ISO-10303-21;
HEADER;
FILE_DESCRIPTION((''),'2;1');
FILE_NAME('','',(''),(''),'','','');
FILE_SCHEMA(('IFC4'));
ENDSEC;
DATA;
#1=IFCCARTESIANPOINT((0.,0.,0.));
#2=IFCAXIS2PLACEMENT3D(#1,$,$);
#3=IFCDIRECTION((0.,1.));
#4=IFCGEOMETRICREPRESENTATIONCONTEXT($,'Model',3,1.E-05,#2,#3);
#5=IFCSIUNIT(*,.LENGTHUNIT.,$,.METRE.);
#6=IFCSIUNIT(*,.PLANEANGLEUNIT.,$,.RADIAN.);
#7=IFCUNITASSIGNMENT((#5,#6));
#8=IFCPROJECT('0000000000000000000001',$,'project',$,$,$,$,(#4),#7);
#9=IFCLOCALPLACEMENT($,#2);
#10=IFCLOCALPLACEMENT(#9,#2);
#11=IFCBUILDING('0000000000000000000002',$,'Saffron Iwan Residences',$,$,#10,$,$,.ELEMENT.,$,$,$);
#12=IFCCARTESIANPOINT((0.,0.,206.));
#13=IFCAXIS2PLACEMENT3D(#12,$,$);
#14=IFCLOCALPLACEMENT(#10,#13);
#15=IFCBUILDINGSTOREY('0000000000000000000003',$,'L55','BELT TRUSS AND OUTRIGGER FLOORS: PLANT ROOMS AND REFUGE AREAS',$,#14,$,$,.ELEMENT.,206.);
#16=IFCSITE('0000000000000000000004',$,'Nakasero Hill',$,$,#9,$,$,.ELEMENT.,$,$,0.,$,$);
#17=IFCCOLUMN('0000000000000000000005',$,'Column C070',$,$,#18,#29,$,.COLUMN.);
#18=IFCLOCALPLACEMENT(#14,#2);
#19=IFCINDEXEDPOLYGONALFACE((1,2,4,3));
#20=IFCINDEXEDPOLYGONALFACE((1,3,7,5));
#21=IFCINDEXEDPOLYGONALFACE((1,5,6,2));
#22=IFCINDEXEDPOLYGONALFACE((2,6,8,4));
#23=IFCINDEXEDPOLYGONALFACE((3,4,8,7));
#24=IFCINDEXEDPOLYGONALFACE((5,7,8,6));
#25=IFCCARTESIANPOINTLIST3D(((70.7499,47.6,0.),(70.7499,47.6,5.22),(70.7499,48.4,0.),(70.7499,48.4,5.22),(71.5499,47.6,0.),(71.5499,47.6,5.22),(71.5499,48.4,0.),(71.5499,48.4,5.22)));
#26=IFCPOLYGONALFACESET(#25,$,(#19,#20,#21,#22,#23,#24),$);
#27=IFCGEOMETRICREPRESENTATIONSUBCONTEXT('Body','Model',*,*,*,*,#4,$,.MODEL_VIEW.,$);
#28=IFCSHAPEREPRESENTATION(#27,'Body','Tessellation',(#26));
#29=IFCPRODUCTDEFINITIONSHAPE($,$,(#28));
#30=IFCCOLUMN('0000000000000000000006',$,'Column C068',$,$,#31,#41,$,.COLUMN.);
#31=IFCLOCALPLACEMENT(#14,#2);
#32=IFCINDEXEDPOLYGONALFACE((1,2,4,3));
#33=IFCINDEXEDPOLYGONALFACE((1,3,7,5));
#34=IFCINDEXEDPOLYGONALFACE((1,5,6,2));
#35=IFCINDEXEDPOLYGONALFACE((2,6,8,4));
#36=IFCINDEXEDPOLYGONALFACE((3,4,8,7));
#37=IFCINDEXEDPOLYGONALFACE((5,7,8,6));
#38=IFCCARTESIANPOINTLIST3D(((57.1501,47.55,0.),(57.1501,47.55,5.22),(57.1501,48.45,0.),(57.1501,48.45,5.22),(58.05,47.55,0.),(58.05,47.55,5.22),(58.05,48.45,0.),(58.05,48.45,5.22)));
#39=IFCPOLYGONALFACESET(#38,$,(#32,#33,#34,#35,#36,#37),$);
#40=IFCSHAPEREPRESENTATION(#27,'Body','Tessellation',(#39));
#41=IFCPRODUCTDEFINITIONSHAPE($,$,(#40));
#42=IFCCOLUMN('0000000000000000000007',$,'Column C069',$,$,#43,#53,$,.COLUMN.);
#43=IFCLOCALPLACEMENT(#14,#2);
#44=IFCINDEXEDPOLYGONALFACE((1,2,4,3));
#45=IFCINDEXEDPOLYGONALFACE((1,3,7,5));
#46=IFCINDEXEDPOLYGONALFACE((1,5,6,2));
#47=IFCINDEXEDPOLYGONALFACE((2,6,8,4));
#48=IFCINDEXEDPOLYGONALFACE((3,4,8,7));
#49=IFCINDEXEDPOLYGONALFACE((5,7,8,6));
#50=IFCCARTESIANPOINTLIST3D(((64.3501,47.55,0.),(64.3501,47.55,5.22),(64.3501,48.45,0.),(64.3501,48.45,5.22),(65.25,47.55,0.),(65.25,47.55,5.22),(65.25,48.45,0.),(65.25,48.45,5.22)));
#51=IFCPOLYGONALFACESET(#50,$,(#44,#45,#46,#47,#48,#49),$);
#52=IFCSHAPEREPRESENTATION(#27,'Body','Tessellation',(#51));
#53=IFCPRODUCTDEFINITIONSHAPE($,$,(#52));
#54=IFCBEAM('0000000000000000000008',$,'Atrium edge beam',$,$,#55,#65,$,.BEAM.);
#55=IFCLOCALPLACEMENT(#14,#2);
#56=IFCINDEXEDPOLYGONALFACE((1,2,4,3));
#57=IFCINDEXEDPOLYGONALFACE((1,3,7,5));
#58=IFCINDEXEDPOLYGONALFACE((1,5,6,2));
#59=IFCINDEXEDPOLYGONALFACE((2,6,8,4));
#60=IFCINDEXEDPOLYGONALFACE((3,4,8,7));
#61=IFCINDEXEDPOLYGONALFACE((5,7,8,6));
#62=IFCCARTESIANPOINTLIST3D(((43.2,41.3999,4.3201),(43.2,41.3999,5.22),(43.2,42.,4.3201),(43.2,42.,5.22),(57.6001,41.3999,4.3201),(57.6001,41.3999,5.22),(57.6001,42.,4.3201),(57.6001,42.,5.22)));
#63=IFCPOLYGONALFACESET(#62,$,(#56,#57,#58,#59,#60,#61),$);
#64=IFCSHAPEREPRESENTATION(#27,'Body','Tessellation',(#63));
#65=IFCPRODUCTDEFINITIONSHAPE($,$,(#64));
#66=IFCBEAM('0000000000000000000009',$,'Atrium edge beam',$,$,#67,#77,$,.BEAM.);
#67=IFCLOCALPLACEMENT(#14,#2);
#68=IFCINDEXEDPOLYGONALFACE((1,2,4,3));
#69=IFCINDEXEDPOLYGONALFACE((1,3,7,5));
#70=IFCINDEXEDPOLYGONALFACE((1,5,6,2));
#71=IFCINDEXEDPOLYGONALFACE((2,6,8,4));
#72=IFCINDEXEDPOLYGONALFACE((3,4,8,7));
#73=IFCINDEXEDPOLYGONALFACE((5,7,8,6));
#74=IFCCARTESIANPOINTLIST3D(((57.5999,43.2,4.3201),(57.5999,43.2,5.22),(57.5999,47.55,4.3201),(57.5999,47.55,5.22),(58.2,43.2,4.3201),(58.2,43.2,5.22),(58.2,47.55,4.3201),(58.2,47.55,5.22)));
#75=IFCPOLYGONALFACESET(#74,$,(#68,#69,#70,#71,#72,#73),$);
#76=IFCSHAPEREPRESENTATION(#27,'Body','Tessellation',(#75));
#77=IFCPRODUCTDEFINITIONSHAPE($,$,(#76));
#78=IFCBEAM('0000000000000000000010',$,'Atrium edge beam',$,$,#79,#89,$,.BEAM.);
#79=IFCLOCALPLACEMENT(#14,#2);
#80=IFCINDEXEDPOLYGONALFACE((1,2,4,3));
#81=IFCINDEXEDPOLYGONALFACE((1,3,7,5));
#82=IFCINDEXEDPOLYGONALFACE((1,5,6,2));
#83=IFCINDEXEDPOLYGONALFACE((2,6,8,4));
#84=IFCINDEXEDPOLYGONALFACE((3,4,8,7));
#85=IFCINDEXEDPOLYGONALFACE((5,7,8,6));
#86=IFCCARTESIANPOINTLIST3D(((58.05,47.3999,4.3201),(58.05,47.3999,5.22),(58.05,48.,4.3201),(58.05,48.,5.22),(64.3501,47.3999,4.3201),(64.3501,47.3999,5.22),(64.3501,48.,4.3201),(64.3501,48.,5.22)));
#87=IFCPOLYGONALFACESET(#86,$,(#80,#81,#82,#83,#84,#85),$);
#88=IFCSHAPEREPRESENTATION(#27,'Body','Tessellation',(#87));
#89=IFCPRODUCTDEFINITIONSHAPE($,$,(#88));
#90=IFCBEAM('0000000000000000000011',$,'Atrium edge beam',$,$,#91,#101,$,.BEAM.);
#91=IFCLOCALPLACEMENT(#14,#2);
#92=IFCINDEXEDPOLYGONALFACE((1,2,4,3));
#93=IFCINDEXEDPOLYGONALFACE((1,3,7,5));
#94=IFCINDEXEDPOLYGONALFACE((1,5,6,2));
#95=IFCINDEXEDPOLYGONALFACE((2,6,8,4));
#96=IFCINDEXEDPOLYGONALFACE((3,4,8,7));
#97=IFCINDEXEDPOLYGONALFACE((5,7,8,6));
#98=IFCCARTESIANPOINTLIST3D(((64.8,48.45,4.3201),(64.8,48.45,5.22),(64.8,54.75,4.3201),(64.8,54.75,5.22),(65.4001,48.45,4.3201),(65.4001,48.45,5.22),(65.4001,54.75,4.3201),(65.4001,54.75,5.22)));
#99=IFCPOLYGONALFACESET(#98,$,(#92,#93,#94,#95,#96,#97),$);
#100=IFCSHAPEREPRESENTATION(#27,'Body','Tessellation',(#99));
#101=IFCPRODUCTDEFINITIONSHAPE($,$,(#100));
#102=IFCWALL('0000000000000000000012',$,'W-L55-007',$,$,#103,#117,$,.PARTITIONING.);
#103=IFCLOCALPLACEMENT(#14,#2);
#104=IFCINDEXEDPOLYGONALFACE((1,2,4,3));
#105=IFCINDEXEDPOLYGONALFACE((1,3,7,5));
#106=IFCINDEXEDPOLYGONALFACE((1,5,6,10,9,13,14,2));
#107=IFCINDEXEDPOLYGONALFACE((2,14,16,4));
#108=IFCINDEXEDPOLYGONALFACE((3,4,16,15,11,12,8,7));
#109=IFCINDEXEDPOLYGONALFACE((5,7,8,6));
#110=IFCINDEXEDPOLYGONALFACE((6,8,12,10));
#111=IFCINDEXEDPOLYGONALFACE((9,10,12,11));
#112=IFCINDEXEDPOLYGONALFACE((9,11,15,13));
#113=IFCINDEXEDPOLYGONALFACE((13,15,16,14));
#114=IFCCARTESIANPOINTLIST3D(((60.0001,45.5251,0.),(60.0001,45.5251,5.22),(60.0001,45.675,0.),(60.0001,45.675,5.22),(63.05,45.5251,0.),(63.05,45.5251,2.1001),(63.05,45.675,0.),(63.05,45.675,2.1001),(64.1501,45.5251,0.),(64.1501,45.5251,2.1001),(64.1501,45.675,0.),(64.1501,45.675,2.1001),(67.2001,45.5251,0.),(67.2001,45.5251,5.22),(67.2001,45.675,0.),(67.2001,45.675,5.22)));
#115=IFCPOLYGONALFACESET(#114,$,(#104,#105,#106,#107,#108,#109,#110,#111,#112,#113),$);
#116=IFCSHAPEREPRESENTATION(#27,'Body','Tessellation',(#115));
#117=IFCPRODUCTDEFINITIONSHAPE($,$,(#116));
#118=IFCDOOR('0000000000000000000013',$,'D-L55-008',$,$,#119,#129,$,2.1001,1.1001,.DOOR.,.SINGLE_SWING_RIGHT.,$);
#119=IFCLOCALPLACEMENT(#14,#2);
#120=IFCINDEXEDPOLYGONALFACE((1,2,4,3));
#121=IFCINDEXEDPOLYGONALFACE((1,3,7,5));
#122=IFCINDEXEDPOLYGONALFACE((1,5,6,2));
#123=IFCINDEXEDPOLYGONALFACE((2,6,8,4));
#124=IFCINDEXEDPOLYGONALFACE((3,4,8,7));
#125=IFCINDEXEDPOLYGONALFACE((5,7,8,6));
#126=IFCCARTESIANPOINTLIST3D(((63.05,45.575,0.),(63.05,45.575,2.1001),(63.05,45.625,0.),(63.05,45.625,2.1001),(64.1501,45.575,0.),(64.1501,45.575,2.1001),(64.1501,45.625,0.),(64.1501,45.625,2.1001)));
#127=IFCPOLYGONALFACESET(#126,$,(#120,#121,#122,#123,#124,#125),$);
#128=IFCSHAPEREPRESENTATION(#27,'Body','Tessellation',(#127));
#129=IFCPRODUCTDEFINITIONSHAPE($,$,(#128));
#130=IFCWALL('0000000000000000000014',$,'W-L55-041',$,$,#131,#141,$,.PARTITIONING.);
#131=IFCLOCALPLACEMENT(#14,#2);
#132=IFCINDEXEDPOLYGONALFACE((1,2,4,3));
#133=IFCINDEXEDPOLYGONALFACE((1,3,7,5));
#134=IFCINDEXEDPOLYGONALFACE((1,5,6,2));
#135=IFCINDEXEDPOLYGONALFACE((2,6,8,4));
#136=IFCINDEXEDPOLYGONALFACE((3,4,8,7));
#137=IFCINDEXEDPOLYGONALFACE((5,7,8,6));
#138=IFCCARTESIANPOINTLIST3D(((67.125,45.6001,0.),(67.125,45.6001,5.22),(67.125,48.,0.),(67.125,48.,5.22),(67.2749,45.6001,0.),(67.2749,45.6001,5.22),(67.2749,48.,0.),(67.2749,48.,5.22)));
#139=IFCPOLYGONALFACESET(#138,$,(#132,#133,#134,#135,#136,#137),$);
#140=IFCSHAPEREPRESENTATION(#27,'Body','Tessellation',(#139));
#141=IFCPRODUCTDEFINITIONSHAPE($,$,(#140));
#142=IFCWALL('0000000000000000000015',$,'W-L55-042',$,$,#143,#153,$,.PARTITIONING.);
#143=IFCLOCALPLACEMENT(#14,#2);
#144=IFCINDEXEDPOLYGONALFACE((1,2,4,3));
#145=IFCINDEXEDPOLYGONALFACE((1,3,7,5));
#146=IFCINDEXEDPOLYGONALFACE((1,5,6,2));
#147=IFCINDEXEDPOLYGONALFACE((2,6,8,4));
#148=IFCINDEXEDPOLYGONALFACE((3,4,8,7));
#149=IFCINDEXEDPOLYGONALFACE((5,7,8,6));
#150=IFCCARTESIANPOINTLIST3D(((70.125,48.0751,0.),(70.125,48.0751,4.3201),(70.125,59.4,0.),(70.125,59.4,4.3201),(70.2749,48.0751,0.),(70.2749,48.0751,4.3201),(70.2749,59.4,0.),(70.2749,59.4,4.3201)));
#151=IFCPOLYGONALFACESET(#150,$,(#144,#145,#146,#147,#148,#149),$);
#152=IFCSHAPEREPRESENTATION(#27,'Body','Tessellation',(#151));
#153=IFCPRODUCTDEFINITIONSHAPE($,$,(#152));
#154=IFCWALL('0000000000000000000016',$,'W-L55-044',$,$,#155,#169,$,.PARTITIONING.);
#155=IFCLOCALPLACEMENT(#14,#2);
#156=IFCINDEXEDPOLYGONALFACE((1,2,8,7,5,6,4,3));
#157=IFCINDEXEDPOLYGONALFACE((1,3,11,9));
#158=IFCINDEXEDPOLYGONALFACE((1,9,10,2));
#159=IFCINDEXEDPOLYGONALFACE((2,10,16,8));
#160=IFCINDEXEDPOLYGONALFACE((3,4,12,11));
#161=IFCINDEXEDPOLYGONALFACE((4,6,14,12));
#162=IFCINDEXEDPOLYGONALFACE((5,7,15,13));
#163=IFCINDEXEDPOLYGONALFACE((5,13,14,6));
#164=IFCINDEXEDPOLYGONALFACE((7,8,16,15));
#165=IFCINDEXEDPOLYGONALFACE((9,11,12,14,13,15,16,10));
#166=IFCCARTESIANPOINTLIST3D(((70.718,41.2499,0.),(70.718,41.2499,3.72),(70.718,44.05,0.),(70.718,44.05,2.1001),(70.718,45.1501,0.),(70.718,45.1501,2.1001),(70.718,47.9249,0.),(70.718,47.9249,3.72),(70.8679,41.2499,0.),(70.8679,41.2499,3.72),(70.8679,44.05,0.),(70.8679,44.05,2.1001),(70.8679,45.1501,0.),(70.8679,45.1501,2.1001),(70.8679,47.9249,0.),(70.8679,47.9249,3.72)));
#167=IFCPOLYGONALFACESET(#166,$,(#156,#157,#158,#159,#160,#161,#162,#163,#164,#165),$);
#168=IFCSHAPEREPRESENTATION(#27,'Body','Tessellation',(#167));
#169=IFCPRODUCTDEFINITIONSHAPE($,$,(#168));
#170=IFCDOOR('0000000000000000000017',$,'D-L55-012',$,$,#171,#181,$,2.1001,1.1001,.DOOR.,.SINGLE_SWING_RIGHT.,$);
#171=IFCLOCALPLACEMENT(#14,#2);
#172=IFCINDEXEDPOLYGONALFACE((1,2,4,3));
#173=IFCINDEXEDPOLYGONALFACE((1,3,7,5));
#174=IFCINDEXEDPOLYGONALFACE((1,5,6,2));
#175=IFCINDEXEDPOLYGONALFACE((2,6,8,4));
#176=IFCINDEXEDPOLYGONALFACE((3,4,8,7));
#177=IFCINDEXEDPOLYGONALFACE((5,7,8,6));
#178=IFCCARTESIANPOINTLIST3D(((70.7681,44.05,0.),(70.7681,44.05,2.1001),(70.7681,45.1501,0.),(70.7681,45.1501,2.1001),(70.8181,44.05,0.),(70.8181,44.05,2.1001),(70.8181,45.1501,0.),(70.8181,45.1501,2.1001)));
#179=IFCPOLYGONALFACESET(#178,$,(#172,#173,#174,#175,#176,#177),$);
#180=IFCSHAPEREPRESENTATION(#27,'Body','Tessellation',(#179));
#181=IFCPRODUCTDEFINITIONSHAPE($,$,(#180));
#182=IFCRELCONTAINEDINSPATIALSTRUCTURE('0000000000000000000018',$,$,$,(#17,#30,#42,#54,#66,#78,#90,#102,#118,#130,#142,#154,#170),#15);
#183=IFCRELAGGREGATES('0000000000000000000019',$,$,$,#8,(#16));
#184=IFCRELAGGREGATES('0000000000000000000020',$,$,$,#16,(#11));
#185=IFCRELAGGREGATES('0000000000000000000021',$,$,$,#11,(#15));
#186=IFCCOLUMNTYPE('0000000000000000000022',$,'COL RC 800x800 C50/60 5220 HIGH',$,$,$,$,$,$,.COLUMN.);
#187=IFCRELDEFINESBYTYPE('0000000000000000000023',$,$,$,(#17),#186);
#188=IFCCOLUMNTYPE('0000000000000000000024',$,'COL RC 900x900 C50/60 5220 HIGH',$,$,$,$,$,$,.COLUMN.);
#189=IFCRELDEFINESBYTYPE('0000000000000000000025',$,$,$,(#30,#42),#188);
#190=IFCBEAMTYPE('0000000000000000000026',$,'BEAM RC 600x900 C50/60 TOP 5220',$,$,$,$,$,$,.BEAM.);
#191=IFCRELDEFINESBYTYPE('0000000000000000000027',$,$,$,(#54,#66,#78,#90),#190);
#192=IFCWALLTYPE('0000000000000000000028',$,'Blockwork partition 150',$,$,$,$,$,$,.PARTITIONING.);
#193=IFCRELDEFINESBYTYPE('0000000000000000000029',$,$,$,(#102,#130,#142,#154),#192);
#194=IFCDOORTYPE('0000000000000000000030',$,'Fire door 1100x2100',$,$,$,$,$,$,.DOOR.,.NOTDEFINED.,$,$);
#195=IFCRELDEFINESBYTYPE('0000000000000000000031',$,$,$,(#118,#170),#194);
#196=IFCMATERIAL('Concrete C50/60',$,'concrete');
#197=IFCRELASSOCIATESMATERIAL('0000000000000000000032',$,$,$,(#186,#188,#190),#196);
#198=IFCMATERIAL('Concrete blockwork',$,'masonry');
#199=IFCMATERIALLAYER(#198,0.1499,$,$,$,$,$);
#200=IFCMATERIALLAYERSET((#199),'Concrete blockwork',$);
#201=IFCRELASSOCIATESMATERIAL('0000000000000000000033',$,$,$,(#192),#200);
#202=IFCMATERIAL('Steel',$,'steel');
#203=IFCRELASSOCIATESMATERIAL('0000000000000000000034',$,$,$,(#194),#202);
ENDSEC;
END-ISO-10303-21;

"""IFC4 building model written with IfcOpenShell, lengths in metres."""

from ifc_helpers import new_model, si_unit, direction, frame, frame_2d, origin, origin_2d, place, context, subcontext, project, spatial, rectangle, extrude, source, transform, mapped, material, layer, layer_set, material_profile, profile_set, type_object, element, fill, save


model = new_model("IFC4")

# Units and contexts
model_context = context("Model", 3, precision=1e-05, world=origin(), true_north=direction((0.0, 1.0)))
body_context = subcontext(model_context, "Body", "Model", "MODEL_VIEW")
ifc_project = project(units=[si_unit("LENGTHUNIT", "METRE"), si_unit("PLANEANGLEUNIT", "RADIAN")], contexts=[model_context])

# Site, building, storey
site_placement = place(None, origin())
site = spatial("IfcSite", under=ifc_project, at=site_placement, Name="Nakasero Hill", CompositionType="ELEMENT", RefElevation=0.0)
building_placement = place(site_placement, origin())
building = spatial("IfcBuilding", under=site, at=building_placement, Name="Saffron Iwan Residences", CompositionType="ELEMENT")
storey_placement = place(building_placement, frame((0.0, 0.0, 206.0)))
storey = spatial("IfcBuildingStorey", under=building, at=storey_placement, Name="L55", Description="BELT TRUSS AND OUTRIGGER FLOORS: PLANT ROOMS AND REFUGE AREAS", CompositionType="ELEMENT", Elevation=206.0)

# Columns
ifc_material_1 = material(Name="Concrete C50/60", Category="concrete")
ifc_material_profile_1 = material_profile(ifc_material_1, rectangle(XDim=0.8, YDim=0.8, at=origin_2d()), Name="RC 800x800")
ifc_profile_set_1 = profile_set([ifc_material_profile_1], Name="Concrete C50/60")
column_type_1 = type_object("IfcColumnType", Name="COL RC 800x800 C50/60 5220 HIGH", PredefinedType="COLUMN", material=ifc_profile_set_1)
shared_shape_1 = source(origin(), body_context, "Body", "SweptSolid", [
    extrude(rectangle(XDim=0.8, YDim=0.8, at=origin_2d()), origin(), (0.0, 0.0, 1.0), 5.22),
])
column_placement = place(storey_placement, frame((71.1499, 48.0, 0.0), z_axis=(0.0, 0.0, 1.0), x_axis=(1.0, 0.0, 0.0)))
element("IfcColumn", 1, at=column_placement, inside=storey, type_object=column_type_1, Name="Column C070", PredefinedType="COLUMN", context=body_context, shape_type="MappedRepresentation", body=[
    mapped(shared_shape_1, transform((0.0, 0.0, 0.0))),
])
ifc_material_profile_2 = material_profile(ifc_material_1, rectangle(XDim=0.8999, YDim=0.8999, at=origin_2d()), Name="RC 900x900")
ifc_profile_set_2 = profile_set([ifc_material_profile_2], Name="Concrete C50/60")
column_type_2 = type_object("IfcColumnType", Name="COL RC 900x900 C50/60 5220 HIGH", PredefinedType="COLUMN", material=ifc_profile_set_2)
shared_shape_2 = source(origin(), body_context, "Body", "SweptSolid", [
    extrude(rectangle(XDim=0.8999, YDim=0.8999, at=origin_2d()), origin(), (0.0, 0.0, 1.0), 5.22),
])
for number, where, z_axis, x_axis, name in (
    (2, (57.6001, 48.0, 0.0), (0.0, 0.0, 1.0), (1.0, 0.0, 0.0), "Column C068"),
    (3, (64.8, 48.0, 0.0), (0.0, 0.0, 1.0), (1.0, 0.0, 0.0), "Column C069"),
):
    element("IfcColumn", number, at=place(storey_placement, frame(where, z_axis=z_axis, x_axis=x_axis)), inside=storey, type_object=column_type_2, Name=name, PredefinedType="COLUMN", context=body_context, shape_type="MappedRepresentation", body=[
        mapped(shared_shape_2, transform((0.0, 0.0, 0.0))),
    ])

# Beams
ifc_material_profile_3 = material_profile(ifc_material_1, rectangle(XDim=0.6001, YDim=0.8999, at=origin_2d()), Name="RC 600x900")
ifc_profile_set_3 = profile_set([ifc_material_profile_3], Name="Concrete C50/60")
beam_type = type_object("IfcBeamType", Name="BEAM RC 600x900 C50/60 TOP 5220", PredefinedType="BEAM", material=ifc_profile_set_3)
shared_shape_3 = source(origin(), body_context, "Body", "SweptSolid", [
    extrude(rectangle(XDim=0.6001, YDim=0.8999, at=origin_2d()), origin(), (0.0, 0.0, 1.0), 14.4001),
])
beam_1_placement = place(storey_placement, frame((57.6001, 41.7, 4.77), z_axis=(-1.0, 0.0, 0.0), x_axis=(0.0, -1.0, 0.0)))
element("IfcBeam", 4, at=beam_1_placement, inside=storey, type_object=beam_type, Name="Atrium edge beam", PredefinedType="BEAM", context=body_context, shape_type="MappedRepresentation", body=[
    mapped(shared_shape_3, transform((0.0, 0.0, 0.0))),
])
shared_shape_4 = source(origin(), body_context, "Body", "SweptSolid", [
    extrude(rectangle(XDim=0.6001, YDim=0.8999, at=origin_2d()), origin(), (0.0, 0.0, 1.0), 4.3501),
])
beam_2_placement = place(storey_placement, frame((57.8999, 47.55, 4.77), z_axis=(0.0, -1.0, 0.0), x_axis=(1.0, 0.0, 0.0)))
element("IfcBeam", 5, at=beam_2_placement, inside=storey, type_object=beam_type, Name="Atrium edge beam", PredefinedType="BEAM", context=body_context, shape_type="MappedRepresentation", body=[
    mapped(shared_shape_4, transform((0.0, 0.0, 0.0))),
])
shared_shape_5 = source(origin(), body_context, "Body", "SweptSolid", [
    extrude(rectangle(XDim=0.6001, YDim=0.8999, at=origin_2d()), origin(), (0.0, 0.0, 1.0), 6.3),
])
for number, where, z_axis, x_axis, name in (
    (6, (64.3501, 47.7, 4.77), (-1.0, 0.0, 0.0), (0.0, -1.0, 0.0), "Atrium edge beam"),
    (7, (65.1001, 54.75, 4.77), (0.0, -1.0, 0.0), (1.0, 0.0, 0.0), "Atrium edge beam"),
):
    element("IfcBeam", number, at=place(storey_placement, frame(where, z_axis=z_axis, x_axis=x_axis)), inside=storey, type_object=beam_type, Name=name, PredefinedType="BEAM", context=body_context, shape_type="MappedRepresentation", body=[
        mapped(shared_shape_5, transform((0.0, 0.0, 0.0))),
    ])

# Wall, opening, door
ifc_material_2 = material(Name="Concrete blockwork", Category="masonry")
ifc_layer_1 = layer(ifc_material_2, 0.1499)
ifc_layer_set_1 = layer_set([ifc_layer_1], Name="Concrete blockwork")
wall_type_1 = type_object("IfcWallType", Name="Blockwork partition 150", PredefinedType="PARTITIONING", material=ifc_layer_set_1)
wall_1_placement = place(storey_placement, frame((60.0, 45.6001, 0.0), z_axis=(0.0, 0.0, 1.0), x_axis=(1.0, 0.0, 0.0)))
wall_1 = element("IfcWall", 8, at=wall_1_placement, inside=storey, type_object=wall_type_1, Name="W-L55-007", PredefinedType="PARTITIONING", context=body_context, shape_type="SweptSolid", body=[
    extrude(rectangle(XDim=7.2, YDim=0.1499, at=frame_2d((3.6001, 0.0))), origin(), (0.0, 0.0, 1.0), 5.22),
])
opening_1_placement = place(wall_1_placement, frame((3.05, 0.0, 0.0)))
opening_1 = element("IfcOpeningElement", 9, at=opening_1_placement, cuts=wall_1, PredefinedType="OPENING", context=body_context, shape_type="SweptSolid", body=[
    extrude(rectangle(XDim=1.1001, YDim=2.1001, at=frame_2d((0.55, 1.05))), frame((0.0, 0.085, 0.0), z_axis=(0.0, -1.0, 0.0), x_axis=(1.0, 0.0, 0.0)), (0.0, 0.0, 1.0), 0.1699),
])
ifc_material_3 = material(Name="Steel", Category="steel")
door_type = type_object("IfcDoorType", Name="Fire door 1100x2100", OperationType="NOTDEFINED", PredefinedType="DOOR", material=ifc_material_3)
door_1_placement = place(opening_1_placement, origin())
door_1 = element("IfcDoor", 10, at=door_1_placement, inside=storey, type_object=door_type, Name="D-L55-008", OperationType="SINGLE_SWING_RIGHT", OverallHeight=2.1001, OverallWidth=1.1001, PredefinedType="DOOR", context=body_context, shape_type="SweptSolid", body=[
    extrude(rectangle(XDim=1.1001, YDim=2.1001, at=frame_2d((0.55, 1.05))), frame((0.0, 0.0249, 0.0), z_axis=(0.0, -1.0, 0.0), x_axis=(1.0, 0.0, 0.0)), (0.0, 0.0, 1.0), 0.05),
])
fill(opening_1, door_1)

# Walls
wall_2_placement = place(storey_placement, frame((67.2, 45.6001, 0.0), z_axis=(0.0, 0.0, 1.0), x_axis=(0.0, 1.0, 0.0)))
element("IfcWall", 11, at=wall_2_placement, inside=storey, type_object=wall_type_1, Name="W-L55-041", PredefinedType="PARTITIONING", context=body_context, shape_type="SweptSolid", body=[
    extrude(rectangle(XDim=2.3999, YDim=0.1499, at=frame_2d((1.2, 0.0))), origin(), (0.0, 0.0, 1.0), 5.22),
])
wall_3_placement = place(storey_placement, frame((70.2, 48.075, 0.0), z_axis=(0.0, 0.0, 1.0), x_axis=(0.0, 1.0, 0.0)))
element("IfcWall", 12, at=wall_3_placement, inside=storey, type_object=wall_type_1, Name="W-L55-042", PredefinedType="PARTITIONING", context=body_context, shape_type="SweptSolid", body=[
    extrude(rectangle(XDim=11.325, YDim=0.1499, at=frame_2d((5.6626, 0.0))), origin(), (0.0, 0.0, 1.0), 4.3201),
])

# Wall, opening, door
wall_4_placement = place(storey_placement, frame((70.793, 41.25, 0.0), z_axis=(0.0, 0.0, 1.0), x_axis=(0.0, 1.0, 0.0)))
wall_4 = element("IfcWall", 13, at=wall_4_placement, inside=storey, type_object=wall_type_1, Name="W-L55-044", PredefinedType="PARTITIONING", context=body_context, shape_type="SweptSolid", body=[
    extrude(rectangle(XDim=6.675, YDim=0.1499, at=frame_2d((3.3374, 0.0))), origin(), (0.0, 0.0, 1.0), 3.72),
])
opening_2_placement = place(wall_4_placement, frame((2.8, 0.0, 0.0)))
opening_2 = element("IfcOpeningElement", 14, at=opening_2_placement, cuts=wall_4, PredefinedType="OPENING", context=body_context, shape_type="SweptSolid", body=[
    extrude(rectangle(XDim=1.1001, YDim=2.1001, at=frame_2d((0.55, 1.05))), frame((0.0, 0.085, 0.0), z_axis=(0.0, -1.0, 0.0), x_axis=(1.0, 0.0, 0.0)), (0.0, 0.0, 1.0), 0.1699),
])
door_2_placement = place(opening_2_placement, origin())
door_2 = element("IfcDoor", 15, at=door_2_placement, inside=storey, type_object=door_type, Name="D-L55-012", OperationType="SINGLE_SWING_RIGHT", OverallHeight=2.1001, OverallWidth=1.1001, PredefinedType="DOOR", context=body_context, shape_type="SweptSolid", body=[
    extrude(rectangle(XDim=1.1001, YDim=2.1001, at=frame_2d((0.55, 1.05))), frame((0.0, 0.0249, 0.0), z_axis=(0.0, -1.0, 0.0), x_axis=(1.0, 0.0, 0.0)), (0.0, 0.0, 1.0), 0.05),
])
fill(opening_2, door_2)

save(model, "model.ifc")
